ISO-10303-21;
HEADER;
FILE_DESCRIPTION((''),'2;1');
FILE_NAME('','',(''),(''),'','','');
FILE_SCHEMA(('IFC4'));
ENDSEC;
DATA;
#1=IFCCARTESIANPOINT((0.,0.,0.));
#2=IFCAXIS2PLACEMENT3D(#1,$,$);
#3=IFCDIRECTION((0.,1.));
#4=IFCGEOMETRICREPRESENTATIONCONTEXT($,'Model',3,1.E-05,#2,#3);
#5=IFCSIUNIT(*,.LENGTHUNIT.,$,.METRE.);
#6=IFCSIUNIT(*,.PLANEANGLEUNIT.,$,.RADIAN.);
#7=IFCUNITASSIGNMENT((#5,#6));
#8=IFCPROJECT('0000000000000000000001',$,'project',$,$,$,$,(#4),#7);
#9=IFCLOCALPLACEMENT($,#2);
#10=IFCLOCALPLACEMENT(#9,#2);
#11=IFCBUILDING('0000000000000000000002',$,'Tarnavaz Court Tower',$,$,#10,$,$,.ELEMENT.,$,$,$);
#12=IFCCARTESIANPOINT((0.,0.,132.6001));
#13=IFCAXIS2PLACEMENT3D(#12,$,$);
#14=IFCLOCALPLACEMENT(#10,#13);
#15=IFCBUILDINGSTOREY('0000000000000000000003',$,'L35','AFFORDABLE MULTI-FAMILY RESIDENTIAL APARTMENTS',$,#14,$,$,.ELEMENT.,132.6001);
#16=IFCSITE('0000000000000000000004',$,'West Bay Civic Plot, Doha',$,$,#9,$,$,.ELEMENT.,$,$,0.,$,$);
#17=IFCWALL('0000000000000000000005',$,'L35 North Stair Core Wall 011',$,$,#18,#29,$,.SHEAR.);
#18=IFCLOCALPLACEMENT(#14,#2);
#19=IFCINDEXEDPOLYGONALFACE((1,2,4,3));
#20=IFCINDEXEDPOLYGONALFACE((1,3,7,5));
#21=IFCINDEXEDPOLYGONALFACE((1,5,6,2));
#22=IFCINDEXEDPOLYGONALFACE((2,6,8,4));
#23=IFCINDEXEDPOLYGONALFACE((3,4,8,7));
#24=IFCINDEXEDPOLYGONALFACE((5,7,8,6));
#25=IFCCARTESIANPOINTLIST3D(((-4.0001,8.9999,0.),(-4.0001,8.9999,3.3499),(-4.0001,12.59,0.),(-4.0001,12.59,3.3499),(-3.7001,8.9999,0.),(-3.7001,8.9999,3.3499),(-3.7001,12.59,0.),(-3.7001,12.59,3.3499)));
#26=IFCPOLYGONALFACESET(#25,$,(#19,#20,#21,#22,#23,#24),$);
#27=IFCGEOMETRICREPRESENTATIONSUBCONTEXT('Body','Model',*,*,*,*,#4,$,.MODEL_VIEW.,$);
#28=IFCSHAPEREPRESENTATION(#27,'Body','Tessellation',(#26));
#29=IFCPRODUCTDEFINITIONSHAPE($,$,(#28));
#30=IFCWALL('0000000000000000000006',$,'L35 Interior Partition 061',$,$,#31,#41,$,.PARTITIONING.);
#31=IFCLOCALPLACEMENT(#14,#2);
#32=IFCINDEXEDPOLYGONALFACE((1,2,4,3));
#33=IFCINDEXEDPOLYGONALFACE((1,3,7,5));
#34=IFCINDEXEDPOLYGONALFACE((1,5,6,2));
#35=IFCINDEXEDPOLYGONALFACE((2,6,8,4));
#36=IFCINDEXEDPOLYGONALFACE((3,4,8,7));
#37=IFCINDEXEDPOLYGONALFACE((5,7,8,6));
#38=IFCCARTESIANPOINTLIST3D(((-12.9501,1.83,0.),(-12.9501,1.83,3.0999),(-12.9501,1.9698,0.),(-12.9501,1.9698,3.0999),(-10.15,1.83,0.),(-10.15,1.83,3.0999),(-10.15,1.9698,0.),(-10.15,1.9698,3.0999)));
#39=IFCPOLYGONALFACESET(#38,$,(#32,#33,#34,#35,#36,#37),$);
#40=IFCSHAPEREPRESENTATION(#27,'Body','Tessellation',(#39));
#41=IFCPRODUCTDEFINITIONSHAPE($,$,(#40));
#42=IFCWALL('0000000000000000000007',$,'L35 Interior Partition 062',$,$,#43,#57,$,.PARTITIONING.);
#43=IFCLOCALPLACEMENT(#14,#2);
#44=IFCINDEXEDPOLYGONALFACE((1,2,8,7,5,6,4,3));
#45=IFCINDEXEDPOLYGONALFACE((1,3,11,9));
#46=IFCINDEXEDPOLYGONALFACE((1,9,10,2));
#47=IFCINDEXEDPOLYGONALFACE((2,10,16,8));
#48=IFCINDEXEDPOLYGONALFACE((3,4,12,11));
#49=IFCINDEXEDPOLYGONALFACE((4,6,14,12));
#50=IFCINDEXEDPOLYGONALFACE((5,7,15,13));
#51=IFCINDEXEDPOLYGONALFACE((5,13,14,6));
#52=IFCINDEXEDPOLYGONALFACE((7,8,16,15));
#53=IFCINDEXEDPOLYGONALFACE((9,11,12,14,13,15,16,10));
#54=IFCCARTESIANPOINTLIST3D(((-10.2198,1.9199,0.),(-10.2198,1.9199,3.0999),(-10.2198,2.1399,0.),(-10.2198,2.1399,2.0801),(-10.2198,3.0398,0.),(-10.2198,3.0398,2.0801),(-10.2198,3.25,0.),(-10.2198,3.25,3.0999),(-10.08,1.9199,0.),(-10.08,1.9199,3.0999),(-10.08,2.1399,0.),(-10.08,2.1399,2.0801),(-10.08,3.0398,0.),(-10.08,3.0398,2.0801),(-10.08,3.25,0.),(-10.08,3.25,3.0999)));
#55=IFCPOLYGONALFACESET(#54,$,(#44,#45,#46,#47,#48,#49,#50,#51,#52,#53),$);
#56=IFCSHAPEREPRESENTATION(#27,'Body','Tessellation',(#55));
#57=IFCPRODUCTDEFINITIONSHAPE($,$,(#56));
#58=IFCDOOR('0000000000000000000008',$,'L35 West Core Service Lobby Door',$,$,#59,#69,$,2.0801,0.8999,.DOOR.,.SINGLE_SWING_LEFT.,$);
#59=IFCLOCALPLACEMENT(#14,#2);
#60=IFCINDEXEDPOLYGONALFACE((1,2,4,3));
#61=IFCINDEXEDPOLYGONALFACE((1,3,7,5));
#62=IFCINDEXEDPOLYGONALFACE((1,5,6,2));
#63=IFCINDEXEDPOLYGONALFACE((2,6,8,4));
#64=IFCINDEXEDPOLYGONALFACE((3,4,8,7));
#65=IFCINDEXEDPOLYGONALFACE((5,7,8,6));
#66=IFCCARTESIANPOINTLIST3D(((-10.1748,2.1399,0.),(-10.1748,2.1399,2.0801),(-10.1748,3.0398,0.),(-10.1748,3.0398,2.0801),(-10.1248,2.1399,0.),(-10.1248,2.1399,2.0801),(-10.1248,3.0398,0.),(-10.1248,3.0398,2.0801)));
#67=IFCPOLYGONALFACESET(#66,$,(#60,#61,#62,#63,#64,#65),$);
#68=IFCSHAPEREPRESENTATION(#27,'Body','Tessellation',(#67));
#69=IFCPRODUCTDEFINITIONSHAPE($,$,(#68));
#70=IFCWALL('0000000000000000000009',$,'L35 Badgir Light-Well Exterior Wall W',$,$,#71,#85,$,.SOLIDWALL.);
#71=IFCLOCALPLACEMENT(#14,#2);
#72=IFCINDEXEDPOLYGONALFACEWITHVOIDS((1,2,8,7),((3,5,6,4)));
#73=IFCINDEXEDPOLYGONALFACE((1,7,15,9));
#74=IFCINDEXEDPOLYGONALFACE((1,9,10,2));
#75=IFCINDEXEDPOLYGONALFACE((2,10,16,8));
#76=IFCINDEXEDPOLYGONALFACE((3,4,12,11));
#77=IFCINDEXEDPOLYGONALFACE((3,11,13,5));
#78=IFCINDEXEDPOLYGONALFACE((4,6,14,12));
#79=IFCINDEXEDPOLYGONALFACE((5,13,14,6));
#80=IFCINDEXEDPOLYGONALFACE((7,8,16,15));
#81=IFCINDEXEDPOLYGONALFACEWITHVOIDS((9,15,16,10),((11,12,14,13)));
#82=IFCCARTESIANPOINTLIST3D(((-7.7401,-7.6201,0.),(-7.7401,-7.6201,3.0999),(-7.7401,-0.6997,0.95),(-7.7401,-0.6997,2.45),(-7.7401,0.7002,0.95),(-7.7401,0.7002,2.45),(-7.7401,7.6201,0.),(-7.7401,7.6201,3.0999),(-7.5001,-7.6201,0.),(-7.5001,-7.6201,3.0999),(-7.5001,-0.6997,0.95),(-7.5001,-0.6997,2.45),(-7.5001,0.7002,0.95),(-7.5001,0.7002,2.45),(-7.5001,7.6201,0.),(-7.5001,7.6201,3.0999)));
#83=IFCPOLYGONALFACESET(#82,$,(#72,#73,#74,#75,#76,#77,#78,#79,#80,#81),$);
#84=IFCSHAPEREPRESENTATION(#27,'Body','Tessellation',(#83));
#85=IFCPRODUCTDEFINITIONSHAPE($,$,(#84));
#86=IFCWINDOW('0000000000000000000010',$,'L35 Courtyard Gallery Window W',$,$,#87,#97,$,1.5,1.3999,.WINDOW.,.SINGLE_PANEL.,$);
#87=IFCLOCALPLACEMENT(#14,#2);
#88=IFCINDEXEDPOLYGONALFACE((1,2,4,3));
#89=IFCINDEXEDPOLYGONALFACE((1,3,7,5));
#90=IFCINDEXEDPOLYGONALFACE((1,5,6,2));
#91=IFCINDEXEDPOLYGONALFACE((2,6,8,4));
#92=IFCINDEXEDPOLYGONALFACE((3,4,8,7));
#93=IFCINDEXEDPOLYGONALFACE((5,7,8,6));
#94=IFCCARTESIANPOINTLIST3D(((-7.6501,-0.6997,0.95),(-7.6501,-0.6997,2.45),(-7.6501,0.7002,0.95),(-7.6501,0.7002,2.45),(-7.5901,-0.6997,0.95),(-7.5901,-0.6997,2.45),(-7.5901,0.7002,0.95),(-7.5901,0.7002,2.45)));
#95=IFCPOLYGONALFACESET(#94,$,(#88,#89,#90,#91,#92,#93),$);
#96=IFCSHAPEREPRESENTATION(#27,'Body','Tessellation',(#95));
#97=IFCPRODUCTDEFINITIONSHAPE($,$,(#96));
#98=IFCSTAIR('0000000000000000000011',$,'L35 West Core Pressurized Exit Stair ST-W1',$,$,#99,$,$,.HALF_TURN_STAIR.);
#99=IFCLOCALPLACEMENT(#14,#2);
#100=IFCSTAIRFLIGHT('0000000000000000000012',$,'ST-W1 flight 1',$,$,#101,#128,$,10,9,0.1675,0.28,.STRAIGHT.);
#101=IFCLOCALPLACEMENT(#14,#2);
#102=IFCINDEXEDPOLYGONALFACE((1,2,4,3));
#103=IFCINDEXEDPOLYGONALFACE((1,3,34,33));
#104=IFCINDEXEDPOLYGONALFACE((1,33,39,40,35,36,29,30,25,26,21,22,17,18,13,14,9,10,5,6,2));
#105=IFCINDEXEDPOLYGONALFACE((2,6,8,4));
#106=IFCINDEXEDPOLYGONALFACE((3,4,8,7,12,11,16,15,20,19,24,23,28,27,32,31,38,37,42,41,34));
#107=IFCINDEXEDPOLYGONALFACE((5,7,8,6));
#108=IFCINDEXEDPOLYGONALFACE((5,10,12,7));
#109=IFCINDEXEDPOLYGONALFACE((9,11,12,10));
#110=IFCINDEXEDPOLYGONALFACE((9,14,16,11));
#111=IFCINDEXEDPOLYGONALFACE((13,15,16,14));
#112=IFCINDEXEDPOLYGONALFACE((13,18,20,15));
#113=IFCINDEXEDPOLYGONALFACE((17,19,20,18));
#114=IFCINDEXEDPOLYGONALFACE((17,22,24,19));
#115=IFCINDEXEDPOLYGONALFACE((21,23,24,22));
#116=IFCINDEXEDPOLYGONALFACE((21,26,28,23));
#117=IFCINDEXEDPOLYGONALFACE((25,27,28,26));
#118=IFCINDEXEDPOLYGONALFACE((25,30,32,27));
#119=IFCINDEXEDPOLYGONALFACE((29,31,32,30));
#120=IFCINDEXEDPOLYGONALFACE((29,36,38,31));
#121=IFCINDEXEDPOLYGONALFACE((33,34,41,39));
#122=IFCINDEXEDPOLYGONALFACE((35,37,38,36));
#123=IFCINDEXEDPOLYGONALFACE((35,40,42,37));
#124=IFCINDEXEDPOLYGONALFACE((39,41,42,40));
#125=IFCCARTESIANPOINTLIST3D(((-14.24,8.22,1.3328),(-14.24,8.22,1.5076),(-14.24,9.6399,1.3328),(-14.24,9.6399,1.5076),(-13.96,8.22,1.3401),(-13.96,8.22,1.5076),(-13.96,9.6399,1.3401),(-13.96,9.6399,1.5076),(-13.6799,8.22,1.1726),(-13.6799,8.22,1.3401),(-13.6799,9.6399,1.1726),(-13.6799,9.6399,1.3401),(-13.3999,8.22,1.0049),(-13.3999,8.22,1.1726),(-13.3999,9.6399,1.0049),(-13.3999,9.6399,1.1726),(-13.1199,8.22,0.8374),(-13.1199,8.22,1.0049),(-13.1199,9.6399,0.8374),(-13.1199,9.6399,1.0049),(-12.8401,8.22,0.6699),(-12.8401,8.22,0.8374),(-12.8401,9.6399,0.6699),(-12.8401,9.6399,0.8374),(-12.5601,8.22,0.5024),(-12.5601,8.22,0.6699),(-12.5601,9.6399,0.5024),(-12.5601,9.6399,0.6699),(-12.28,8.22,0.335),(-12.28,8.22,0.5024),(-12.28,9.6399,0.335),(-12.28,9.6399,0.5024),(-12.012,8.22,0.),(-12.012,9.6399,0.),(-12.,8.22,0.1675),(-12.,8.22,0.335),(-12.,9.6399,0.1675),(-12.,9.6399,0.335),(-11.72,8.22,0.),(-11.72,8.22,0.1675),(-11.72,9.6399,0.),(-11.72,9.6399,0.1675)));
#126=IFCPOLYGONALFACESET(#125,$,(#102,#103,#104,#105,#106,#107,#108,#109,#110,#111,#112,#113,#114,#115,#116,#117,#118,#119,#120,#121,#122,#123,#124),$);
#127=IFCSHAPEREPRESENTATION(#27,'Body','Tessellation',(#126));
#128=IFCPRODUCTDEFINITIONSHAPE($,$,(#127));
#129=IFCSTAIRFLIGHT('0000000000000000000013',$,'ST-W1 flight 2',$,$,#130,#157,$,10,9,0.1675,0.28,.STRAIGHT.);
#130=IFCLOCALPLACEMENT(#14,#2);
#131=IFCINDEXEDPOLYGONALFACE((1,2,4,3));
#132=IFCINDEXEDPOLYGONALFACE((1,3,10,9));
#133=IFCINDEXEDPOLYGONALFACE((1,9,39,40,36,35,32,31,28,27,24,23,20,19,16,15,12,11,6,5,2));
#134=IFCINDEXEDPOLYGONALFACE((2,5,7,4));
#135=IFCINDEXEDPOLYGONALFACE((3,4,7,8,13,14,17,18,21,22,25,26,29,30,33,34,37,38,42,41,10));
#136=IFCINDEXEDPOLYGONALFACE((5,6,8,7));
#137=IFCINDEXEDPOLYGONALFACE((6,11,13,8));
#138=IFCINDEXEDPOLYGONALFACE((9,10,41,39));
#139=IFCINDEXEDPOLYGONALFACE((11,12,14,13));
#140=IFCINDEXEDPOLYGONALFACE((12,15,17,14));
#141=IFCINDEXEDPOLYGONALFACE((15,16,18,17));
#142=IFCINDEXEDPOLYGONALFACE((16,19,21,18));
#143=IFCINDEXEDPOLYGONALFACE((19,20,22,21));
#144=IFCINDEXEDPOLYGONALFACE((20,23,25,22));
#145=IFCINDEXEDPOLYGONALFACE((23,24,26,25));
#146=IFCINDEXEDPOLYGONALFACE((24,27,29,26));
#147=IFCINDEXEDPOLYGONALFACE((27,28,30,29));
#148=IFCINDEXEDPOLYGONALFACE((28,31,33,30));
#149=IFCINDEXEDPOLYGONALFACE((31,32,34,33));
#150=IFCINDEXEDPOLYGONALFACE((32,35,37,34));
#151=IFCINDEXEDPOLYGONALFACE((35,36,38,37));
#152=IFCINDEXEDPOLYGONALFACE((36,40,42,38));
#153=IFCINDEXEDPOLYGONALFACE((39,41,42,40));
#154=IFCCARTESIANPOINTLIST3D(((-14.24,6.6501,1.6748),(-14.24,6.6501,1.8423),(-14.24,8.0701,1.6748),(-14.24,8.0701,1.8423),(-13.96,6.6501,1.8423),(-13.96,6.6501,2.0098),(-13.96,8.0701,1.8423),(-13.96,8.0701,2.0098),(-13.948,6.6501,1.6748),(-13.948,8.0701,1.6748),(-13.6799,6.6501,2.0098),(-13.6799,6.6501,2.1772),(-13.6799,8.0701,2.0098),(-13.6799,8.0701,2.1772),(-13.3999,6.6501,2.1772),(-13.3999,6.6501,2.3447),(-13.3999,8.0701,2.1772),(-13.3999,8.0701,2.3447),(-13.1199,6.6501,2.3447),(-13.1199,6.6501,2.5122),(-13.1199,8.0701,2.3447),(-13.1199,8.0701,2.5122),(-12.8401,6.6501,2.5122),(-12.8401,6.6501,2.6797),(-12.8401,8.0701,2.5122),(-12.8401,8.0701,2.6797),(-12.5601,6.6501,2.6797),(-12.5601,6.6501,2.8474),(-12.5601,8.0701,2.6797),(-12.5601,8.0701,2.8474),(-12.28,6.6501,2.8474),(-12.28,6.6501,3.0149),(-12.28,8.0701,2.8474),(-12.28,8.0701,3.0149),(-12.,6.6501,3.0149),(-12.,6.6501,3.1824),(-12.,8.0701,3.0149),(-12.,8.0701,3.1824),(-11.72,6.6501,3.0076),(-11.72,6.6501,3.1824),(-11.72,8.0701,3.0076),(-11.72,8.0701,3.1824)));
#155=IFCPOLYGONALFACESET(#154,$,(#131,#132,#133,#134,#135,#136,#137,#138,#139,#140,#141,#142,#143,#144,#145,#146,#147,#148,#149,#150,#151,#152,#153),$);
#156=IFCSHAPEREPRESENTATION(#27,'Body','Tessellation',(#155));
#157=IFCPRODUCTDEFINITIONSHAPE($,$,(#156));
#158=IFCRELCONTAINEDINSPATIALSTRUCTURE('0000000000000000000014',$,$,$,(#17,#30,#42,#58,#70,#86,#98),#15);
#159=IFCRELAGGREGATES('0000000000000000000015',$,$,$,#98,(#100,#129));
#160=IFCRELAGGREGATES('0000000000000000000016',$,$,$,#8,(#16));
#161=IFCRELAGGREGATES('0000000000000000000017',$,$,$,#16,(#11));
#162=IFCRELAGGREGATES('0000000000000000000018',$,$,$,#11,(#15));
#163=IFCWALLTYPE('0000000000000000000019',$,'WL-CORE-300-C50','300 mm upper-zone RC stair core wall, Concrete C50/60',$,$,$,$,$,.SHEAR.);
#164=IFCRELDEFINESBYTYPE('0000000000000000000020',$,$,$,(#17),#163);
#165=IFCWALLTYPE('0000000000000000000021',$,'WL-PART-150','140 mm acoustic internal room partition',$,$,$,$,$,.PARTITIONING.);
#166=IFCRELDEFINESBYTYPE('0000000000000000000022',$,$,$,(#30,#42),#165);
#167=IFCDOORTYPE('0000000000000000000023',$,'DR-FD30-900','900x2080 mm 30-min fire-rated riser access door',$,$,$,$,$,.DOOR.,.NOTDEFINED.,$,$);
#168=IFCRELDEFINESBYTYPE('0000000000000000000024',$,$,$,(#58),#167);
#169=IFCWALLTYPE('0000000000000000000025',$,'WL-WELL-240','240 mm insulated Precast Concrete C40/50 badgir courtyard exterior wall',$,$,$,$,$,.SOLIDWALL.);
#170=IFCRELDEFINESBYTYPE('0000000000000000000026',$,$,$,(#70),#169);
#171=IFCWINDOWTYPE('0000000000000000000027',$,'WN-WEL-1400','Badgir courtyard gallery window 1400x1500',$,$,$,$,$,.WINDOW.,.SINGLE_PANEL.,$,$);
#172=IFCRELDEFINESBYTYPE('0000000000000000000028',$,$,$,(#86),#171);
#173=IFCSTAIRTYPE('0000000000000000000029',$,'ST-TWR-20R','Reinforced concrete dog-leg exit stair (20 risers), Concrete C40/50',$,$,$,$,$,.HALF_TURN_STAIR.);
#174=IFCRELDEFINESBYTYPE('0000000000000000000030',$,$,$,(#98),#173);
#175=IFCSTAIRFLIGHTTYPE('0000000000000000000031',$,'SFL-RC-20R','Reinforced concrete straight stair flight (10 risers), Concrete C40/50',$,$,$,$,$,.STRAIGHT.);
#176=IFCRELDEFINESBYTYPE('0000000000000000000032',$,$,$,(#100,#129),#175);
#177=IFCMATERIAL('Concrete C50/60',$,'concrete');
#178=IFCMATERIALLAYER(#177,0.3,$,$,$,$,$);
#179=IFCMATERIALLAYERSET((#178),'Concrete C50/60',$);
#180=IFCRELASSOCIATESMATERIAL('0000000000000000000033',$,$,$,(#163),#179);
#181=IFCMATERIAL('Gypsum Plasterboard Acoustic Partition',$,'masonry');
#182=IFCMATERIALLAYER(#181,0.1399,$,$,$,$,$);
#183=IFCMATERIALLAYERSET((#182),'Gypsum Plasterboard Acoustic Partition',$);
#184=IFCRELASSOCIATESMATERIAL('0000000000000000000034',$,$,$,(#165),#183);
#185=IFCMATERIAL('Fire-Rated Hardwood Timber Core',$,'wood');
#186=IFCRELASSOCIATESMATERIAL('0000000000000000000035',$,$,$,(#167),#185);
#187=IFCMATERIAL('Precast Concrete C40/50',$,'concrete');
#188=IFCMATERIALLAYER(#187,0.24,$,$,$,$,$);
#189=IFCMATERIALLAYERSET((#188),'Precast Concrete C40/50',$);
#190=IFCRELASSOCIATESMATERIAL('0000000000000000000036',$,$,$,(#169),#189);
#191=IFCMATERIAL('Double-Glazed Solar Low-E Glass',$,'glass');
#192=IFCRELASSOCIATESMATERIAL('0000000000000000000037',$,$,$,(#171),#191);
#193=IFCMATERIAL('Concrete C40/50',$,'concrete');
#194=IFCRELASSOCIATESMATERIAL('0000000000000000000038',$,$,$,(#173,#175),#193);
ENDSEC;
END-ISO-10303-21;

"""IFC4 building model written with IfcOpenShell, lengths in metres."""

from ifc_helpers import new_model, si_unit, direction, frame, frame_2d, origin, place, context, subcontext, project, spatial, polyline, rectangle, outline, extrude, material, layer, layer_set, type_object, element, fill, aggregate, save


model = new_model("IFC4")

# Units and contexts
model_context = context("Model", 3, precision=1e-05, world=origin(), true_north=direction((0.0, 1.0)))
body_context = subcontext(model_context, "Body", "Model", "MODEL_VIEW")
ifc_project = project(units=[si_unit("LENGTHUNIT", "METRE"), si_unit("PLANEANGLEUNIT", "RADIAN")], contexts=[model_context])

# Site, building, storey
site_placement = place(None, origin())
site = spatial("IfcSite", under=ifc_project, at=site_placement, Name="West Bay Civic Plot, Doha", CompositionType="ELEMENT", RefElevation=0.0)
building_placement = place(site_placement, origin())
building = spatial("IfcBuilding", under=site, at=building_placement, Name="Tarnavaz Court Tower", CompositionType="ELEMENT")
storey_placement = place(building_placement, frame((0.0, 0.0, 132.6001)))
storey = spatial("IfcBuildingStorey", under=building, at=storey_placement, Name="L35", Description="AFFORDABLE MULTI-FAMILY RESIDENTIAL APARTMENTS", CompositionType="ELEMENT", Elevation=132.6001)

# Shared definitions
ifc_material_1 = material(Name="Concrete C50/60", Category="concrete")
ifc_layer_1 = layer(ifc_material_1, 0.3)
ifc_layer_set_1 = layer_set([ifc_layer_1], Name="Concrete C50/60")
wall_type_1 = type_object("IfcWallType", Name="WL-CORE-300-C50", Description="300 mm upper-zone RC stair core wall, Concrete C50/60", PredefinedType="SHEAR", material=ifc_layer_set_1)

# Shared definitions
ifc_material_2 = material(Name="Fire-Rated Hardwood Timber Core", Category="wood")

# Wall
wall_1_placement = place(storey_placement, frame((-3.8501, 9.0, 0.0), z_axis=(0.0, 0.0, 1.0), x_axis=(0.0, 1.0, 0.0)))
element("IfcWall", 1, at=wall_1_placement, inside=storey, type_object=wall_type_1, Name="L35 North Stair Core Wall 011", PredefinedType="SHEAR", context=body_context, shape_type="SweptSolid", body=[
    extrude(rectangle(XDim=3.5901, YDim=0.3, at=frame_2d((1.7949, 0.0))), origin(), (0.0, 0.0, 1.0), 3.3499),
])

# Wall
ifc_material_3 = material(Name="Gypsum Plasterboard Acoustic Partition", Category="masonry")
ifc_layer_2 = layer(ifc_material_3, 0.1399)
ifc_layer_set_2 = layer_set([ifc_layer_2], Name="Gypsum Plasterboard Acoustic Partition")
wall_type_2 = type_object("IfcWallType", Name="WL-PART-150", Description="140 mm acoustic internal room partition", PredefinedType="PARTITIONING", material=ifc_layer_set_2)
wall_2_placement = place(storey_placement, frame((-12.95, 1.8999, 0.0), z_axis=(0.0, 0.0, 1.0), x_axis=(1.0, 0.0, 0.0)))
element("IfcWall", 2, at=wall_2_placement, inside=storey, type_object=wall_type_2, Name="L35 Interior Partition 061", PredefinedType="PARTITIONING", context=body_context, shape_type="SweptSolid", body=[
    extrude(rectangle(XDim=2.8, YDim=0.1399, at=frame_2d((1.3999, 0.0))), origin(), (0.0, 0.0, 1.0), 3.0999),
])

# Wall, opening, door
wall_3_placement = place(storey_placement, frame((-10.1499, 1.9199, 0.0), z_axis=(0.0, 0.0, 1.0), x_axis=(0.0, 1.0, 0.0)))
wall_3 = element("IfcWall", 3, at=wall_3_placement, inside=storey, type_object=wall_type_2, Name="L35 Interior Partition 062", PredefinedType="PARTITIONING", context=body_context, shape_type="SweptSolid", body=[
    extrude(rectangle(XDim=1.3301, YDim=0.1399, at=frame_2d((0.665, 0.0))), origin(), (0.0, 0.0, 1.0), 3.0999),
])
opening_1_placement = place(wall_3_placement, frame((0.22, 0.0, 0.0)))
opening_1 = element("IfcOpeningElement", 4, at=opening_1_placement, cuts=wall_3, PredefinedType="OPENING", context=body_context, shape_type="SweptSolid", body=[
    extrude(rectangle(XDim=0.8999, YDim=2.0801, at=frame_2d((0.45, 1.04))), frame((0.0, 0.0798, 0.0), z_axis=(0.0, -1.0, 0.0), x_axis=(1.0, 0.0, 0.0)), (0.0, 0.0, 1.0), 0.1599),
])
door_type_1 = type_object("IfcDoorType", Name="DR-FD30-900", Description="900x2080 mm 30-min fire-rated riser access door", OperationType="NOTDEFINED", PredefinedType="DOOR", material=ifc_material_2)
door_1_placement = place(opening_1_placement, origin())
door_1 = element("IfcDoor", 5, at=door_1_placement, inside=storey, type_object=door_type_1, Name="L35 West Core Service Lobby Door", OperationType="SINGLE_SWING_LEFT", OverallHeight=2.0801, OverallWidth=0.8999, PredefinedType="DOOR", context=body_context, shape_type="SweptSolid", body=[
    extrude(rectangle(XDim=0.8999, YDim=2.0801, at=frame_2d((0.45, 1.04))), frame((0.0, 0.0249, 0.0), z_axis=(0.0, -1.0, 0.0), x_axis=(1.0, 0.0, 0.0)), (0.0, 0.0, 1.0), 0.05),
])
fill(opening_1, door_1)

# Wall, opening, window
ifc_material_4 = material(Name="Precast Concrete C40/50", Category="concrete")
ifc_layer_3 = layer(ifc_material_4, 0.24)
ifc_layer_set_3 = layer_set([ifc_layer_3], Name="Precast Concrete C40/50")
wall_type_3 = type_object("IfcWallType", Name="WL-WELL-240", Description="240 mm insulated Precast Concrete C40/50 badgir courtyard exterior wall", PredefinedType="SOLIDWALL", material=ifc_layer_set_3)
wall_4_placement = place(storey_placement, frame((-7.6201, 7.6201, 0.0), z_axis=(0.0, 0.0, 1.0), x_axis=(0.0, -1.0, 0.0)))
wall_4 = element("IfcWall", 6, at=wall_4_placement, inside=storey, type_object=wall_type_3, Name="L35 Badgir Light-Well Exterior Wall W", PredefinedType="SOLIDWALL", context=body_context, shape_type="SweptSolid", body=[
    extrude(rectangle(XDim=15.2402, YDim=0.24, at=frame_2d((7.6201, 0.0))), origin(), (0.0, 0.0, 1.0), 3.0999),
])
opening_2_placement = place(wall_4_placement, frame((6.9199, 0.0, 0.95)))
opening_2 = element("IfcOpeningElement", 7, at=opening_2_placement, cuts=wall_4, PredefinedType="OPENING", context=body_context, shape_type="SweptSolid", body=[
    extrude(rectangle(XDim=1.3999, YDim=1.5, at=frame_2d((0.7, 0.75))), frame((0.0, 0.1299, 0.0), z_axis=(0.0, -1.0, 0.0), x_axis=(1.0, 0.0, 0.0)), (0.0, 0.0, 1.0), 0.26),
])
ifc_material_5 = material(Name="Double-Glazed Solar Low-E Glass", Category="glass")
window_type = type_object("IfcWindowType", Name="WN-WEL-1400", Description="Badgir courtyard gallery window 1400x1500", PartitioningType="SINGLE_PANEL", PredefinedType="WINDOW", material=ifc_material_5)
window_placement = place(opening_2_placement, origin())
window = element("IfcWindow", 8, at=window_placement, inside=storey, type_object=window_type, Name="L35 Courtyard Gallery Window W", OverallHeight=1.5, OverallWidth=1.3999, PartitioningType="SINGLE_PANEL", PredefinedType="WINDOW", context=body_context, shape_type="SweptSolid", body=[
    extrude(rectangle(XDim=1.3999, YDim=1.5, at=frame_2d((0.7, 0.75))), frame((0.0, 0.03, 0.0), z_axis=(0.0, -1.0, 0.0), x_axis=(1.0, 0.0, 0.0)), (0.0, 0.0, 1.0), 0.0601),
])
fill(opening_2, window)

# Stair, stair flights
ifc_material_6 = material(Name="Concrete C40/50", Category="concrete")
stair_type = type_object("IfcStairType", Name="ST-TWR-20R", Description="Reinforced concrete dog-leg exit stair (20 risers), Concrete C40/50", PredefinedType="HALF_TURN_STAIR", material=ifc_material_6)
stair_1_placement = place(storey_placement, origin())
stair_1 = element("IfcStair", 9, at=stair_1_placement, inside=storey, type_object=stair_type, Name="L35 West Core Pressurized Exit Stair ST-W1", PredefinedType="HALF_TURN_STAIR")
stair_flight_type = type_object("IfcStairFlightType", Name="SFL-RC-20R", Description="Reinforced concrete straight stair flight (10 risers), Concrete C40/50", PredefinedType="STRAIGHT", material=ifc_material_6)
stair_flight_1_placement = place(storey_placement, frame((-11.72, 8.9299, 0.0), z_axis=(0.0, 0.0, 1.0), x_axis=(-1.0, 0.0, 0.0)))
stair_flight_1 = element("IfcStairFlight", 10, at=stair_flight_1_placement, type_object=stair_flight_type, Name="ST-W1 flight 1", NumberOfRisers=10, NumberOfTreads=9, PredefinedType="STRAIGHT", RiserHeight=0.1675, TreadLength=0.28, context=body_context, shape_type="SweptSolid", body=[
    extrude(outline(polyline([(0.0, 0.0), (0.0, 0.1675), (0.28, 0.1675), (0.28, 0.335), (0.5601, 0.335), (0.5601, 0.5024), (0.8401, 0.5024), (0.8401, 0.6699), (1.1201, 0.6699), (1.1201, 0.8374), (1.3999, 0.8374), (1.3999, 1.0049), (1.6799, 1.0049), (1.6799, 1.1726), (1.96, 1.1726), (1.96, 1.3401), (2.24, 1.3401), (2.24, 1.5076), (2.52, 1.5076), (2.52, 1.675), (2.52, 1.3328), (0.292, 0.0), (0.0, 0.0)])), frame((0.0, 0.71, 0.0), z_axis=(0.0, -1.0, 0.0), x_axis=(1.0, 0.0, 0.0)), (0.0, 0.0, 1.0), 1.4199),
])
stair_flight_2_placement = place(storey_placement, frame((-14.24, 7.3601, 1.6748), z_axis=(0.0, 0.0, 1.0), x_axis=(1.0, 0.0, 0.0)))
stair_flight_2 = element("IfcStairFlight", 11, at=stair_flight_2_placement, type_object=stair_flight_type, Name="ST-W1 flight 2", NumberOfRisers=10, NumberOfTreads=9, PredefinedType="STRAIGHT", RiserHeight=0.1675, TreadLength=0.28, context=body_context, shape_type="SweptSolid", body=[
    extrude(outline(polyline([(0.0, 0.0), (0.0, 0.1675), (0.28, 0.1675), (0.28, 0.335), (0.5601, 0.335), (0.5601, 0.5024), (0.8401, 0.5024), (0.8401, 0.6699), (1.1201, 0.6699), (1.1201, 0.8374), (1.3999, 0.8374), (1.3999, 1.0049), (1.6799, 1.0049), (1.6799, 1.1726), (1.96, 1.1726), (1.96, 1.3401), (2.24, 1.3401), (2.24, 1.5076), (2.52, 1.5076), (2.52, 1.675), (2.52, 1.3328), (0.292, 0.0), (0.0, 0.0)])), frame((0.0, 0.71, 0.0), z_axis=(0.0, -1.0, 0.0), x_axis=(1.0, 0.0, 0.0)), (0.0, 0.0, 1.0), 1.4199),
])
aggregate(stair_1, [stair_flight_1, stair_flight_2])

save(model, "model.ifc")
